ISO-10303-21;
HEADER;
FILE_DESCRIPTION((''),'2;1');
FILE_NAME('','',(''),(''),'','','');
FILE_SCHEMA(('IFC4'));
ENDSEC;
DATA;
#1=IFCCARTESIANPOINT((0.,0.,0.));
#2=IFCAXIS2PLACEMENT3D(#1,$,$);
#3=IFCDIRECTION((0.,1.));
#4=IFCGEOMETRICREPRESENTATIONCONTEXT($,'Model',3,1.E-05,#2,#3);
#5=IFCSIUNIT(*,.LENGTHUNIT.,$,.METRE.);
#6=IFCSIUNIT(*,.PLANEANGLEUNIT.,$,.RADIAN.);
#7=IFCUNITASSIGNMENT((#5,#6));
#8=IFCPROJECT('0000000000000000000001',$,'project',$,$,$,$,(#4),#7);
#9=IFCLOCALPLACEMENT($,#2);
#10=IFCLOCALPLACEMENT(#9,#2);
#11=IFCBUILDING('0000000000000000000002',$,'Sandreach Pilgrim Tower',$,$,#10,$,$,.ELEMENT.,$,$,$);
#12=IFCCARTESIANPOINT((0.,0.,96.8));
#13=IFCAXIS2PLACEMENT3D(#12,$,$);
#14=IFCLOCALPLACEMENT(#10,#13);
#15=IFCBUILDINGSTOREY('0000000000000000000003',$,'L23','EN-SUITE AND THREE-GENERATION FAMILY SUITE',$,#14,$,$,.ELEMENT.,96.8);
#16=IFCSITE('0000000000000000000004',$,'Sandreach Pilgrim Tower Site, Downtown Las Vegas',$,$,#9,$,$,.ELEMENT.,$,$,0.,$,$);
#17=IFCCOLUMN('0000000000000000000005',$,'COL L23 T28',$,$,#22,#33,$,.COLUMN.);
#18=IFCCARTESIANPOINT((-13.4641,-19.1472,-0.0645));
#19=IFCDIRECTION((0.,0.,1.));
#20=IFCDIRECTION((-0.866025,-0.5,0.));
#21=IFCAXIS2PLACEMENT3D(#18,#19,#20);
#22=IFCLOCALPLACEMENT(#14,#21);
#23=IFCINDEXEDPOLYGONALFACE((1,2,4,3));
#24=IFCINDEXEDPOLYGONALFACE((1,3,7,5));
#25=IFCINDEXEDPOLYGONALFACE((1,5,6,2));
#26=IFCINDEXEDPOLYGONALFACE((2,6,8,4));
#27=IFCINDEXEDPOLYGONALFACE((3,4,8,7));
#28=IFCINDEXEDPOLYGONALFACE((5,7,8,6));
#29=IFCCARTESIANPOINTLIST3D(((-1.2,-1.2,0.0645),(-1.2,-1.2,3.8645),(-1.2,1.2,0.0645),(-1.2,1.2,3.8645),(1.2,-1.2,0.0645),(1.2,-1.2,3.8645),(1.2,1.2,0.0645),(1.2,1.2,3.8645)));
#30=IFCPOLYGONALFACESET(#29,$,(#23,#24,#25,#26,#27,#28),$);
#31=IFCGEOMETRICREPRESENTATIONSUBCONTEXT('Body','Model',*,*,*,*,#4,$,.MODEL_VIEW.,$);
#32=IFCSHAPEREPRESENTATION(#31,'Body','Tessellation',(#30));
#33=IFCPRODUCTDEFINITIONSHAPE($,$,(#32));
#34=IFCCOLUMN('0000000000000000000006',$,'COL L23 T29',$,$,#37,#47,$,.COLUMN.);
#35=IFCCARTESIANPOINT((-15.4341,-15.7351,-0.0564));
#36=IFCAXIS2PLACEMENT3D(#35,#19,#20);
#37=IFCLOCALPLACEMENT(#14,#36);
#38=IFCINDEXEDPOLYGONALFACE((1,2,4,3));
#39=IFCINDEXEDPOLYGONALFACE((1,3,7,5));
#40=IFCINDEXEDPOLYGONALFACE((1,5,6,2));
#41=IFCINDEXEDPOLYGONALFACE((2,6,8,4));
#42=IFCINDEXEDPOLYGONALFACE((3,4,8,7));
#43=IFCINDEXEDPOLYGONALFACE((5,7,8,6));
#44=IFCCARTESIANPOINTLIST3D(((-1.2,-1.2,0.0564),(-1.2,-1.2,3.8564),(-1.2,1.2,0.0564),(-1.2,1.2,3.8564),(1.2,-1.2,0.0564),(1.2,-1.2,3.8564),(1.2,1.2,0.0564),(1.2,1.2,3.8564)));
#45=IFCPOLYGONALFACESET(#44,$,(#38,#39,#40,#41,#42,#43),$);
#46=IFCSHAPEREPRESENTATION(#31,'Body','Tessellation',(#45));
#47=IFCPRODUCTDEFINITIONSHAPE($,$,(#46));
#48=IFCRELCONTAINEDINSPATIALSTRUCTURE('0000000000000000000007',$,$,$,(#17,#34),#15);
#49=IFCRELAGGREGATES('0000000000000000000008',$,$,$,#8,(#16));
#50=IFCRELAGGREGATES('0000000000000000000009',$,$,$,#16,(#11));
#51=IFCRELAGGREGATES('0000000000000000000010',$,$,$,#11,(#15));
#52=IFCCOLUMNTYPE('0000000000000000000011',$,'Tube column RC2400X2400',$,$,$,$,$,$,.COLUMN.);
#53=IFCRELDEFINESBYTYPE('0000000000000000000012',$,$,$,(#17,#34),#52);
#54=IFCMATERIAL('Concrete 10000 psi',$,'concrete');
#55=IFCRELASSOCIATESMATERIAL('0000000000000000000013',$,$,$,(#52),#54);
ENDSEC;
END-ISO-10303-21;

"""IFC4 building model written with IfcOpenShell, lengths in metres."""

from ifc_helpers import new_model, si_unit, direction, frame, origin, origin_2d, place, context, subcontext, project, spatial, rectangle, extrude, clip, halfspace, material, material_profile, profile_set, type_object, element, save


model = new_model("IFC4")

# Units and contexts
model_context = context("Model", 3, precision=1e-05, world=origin(), true_north=direction((0.0, 1.0)))
body_context = subcontext(model_context, "Body", "Model", "MODEL_VIEW")
ifc_project = project(units=[si_unit("LENGTHUNIT", "METRE"), si_unit("PLANEANGLEUNIT", "RADIAN")], contexts=[model_context])

# Site, building, storey
site_placement = place(None, origin())
site = spatial("IfcSite", under=ifc_project, at=site_placement, Name="Sandreach Pilgrim Tower Site, Downtown Las Vegas", CompositionType="ELEMENT", RefElevation=0.0)
building_placement = place(site_placement, origin())
building = spatial("IfcBuilding", under=site, at=building_placement, Name="Sandreach Pilgrim Tower", CompositionType="ELEMENT")
storey_placement = place(building_placement, frame((0.0, 0.0, 96.8)))
storey = spatial("IfcBuildingStorey", under=building, at=storey_placement, Name="L23", Description="EN-SUITE AND THREE-GENERATION FAMILY SUITE", CompositionType="ELEMENT", Elevation=96.8)

# Columns
ifc_material_1 = material(Name="Concrete 10000 psi", Category="concrete")
ifc_material_profile_1 = material_profile(ifc_material_1, rectangle(XDim=2.3999, YDim=2.3999, at=origin_2d()), Name="RC2400X2400")
ifc_profile_set_1 = profile_set([ifc_material_profile_1], Name="Concrete 10000 psi")
column_type = type_object("IfcColumnType", Name="Tube column RC2400X2400", PredefinedType="COLUMN", material=ifc_profile_set_1)
column_1_placement = place(storey_placement, frame((-13.4641, -19.1472, -0.0645), z_axis=(0.0, 0.0, 1.0), x_axis=(-0.866025, -0.5, 0.0)))
element("IfcColumn", 1, at=column_1_placement, inside=storey, type_object=column_type, Name="COL L23 T28", PredefinedType="COLUMN", context=body_context, shape_type="SweptSolid", body=[
    clip(extrude(rectangle(XDim=2.3999, YDim=2.3999, at=origin_2d()), origin(), (0.0, 0.0, 1.0), 3.8645), halfspace(frame((0.0, 0.0, 0.0645)), True)),
])
column_2_placement = place(storey_placement, frame((-15.4341, -15.7351, -0.0564), z_axis=(0.0, 0.0, 1.0), x_axis=(-0.866025, -0.5, 0.0)))
element("IfcColumn", 2, at=column_2_placement, inside=storey, type_object=column_type, Name="COL L23 T29", PredefinedType="COLUMN", context=body_context, shape_type="SweptSolid", body=[
    clip(extrude(rectangle(XDim=2.3999, YDim=2.3999, at=origin_2d()), origin(), (0.0, 0.0, 1.0), 3.8564), halfspace(frame((0.0, 0.0, 0.0564)), True)),
])

save(model, "model.ifc")
